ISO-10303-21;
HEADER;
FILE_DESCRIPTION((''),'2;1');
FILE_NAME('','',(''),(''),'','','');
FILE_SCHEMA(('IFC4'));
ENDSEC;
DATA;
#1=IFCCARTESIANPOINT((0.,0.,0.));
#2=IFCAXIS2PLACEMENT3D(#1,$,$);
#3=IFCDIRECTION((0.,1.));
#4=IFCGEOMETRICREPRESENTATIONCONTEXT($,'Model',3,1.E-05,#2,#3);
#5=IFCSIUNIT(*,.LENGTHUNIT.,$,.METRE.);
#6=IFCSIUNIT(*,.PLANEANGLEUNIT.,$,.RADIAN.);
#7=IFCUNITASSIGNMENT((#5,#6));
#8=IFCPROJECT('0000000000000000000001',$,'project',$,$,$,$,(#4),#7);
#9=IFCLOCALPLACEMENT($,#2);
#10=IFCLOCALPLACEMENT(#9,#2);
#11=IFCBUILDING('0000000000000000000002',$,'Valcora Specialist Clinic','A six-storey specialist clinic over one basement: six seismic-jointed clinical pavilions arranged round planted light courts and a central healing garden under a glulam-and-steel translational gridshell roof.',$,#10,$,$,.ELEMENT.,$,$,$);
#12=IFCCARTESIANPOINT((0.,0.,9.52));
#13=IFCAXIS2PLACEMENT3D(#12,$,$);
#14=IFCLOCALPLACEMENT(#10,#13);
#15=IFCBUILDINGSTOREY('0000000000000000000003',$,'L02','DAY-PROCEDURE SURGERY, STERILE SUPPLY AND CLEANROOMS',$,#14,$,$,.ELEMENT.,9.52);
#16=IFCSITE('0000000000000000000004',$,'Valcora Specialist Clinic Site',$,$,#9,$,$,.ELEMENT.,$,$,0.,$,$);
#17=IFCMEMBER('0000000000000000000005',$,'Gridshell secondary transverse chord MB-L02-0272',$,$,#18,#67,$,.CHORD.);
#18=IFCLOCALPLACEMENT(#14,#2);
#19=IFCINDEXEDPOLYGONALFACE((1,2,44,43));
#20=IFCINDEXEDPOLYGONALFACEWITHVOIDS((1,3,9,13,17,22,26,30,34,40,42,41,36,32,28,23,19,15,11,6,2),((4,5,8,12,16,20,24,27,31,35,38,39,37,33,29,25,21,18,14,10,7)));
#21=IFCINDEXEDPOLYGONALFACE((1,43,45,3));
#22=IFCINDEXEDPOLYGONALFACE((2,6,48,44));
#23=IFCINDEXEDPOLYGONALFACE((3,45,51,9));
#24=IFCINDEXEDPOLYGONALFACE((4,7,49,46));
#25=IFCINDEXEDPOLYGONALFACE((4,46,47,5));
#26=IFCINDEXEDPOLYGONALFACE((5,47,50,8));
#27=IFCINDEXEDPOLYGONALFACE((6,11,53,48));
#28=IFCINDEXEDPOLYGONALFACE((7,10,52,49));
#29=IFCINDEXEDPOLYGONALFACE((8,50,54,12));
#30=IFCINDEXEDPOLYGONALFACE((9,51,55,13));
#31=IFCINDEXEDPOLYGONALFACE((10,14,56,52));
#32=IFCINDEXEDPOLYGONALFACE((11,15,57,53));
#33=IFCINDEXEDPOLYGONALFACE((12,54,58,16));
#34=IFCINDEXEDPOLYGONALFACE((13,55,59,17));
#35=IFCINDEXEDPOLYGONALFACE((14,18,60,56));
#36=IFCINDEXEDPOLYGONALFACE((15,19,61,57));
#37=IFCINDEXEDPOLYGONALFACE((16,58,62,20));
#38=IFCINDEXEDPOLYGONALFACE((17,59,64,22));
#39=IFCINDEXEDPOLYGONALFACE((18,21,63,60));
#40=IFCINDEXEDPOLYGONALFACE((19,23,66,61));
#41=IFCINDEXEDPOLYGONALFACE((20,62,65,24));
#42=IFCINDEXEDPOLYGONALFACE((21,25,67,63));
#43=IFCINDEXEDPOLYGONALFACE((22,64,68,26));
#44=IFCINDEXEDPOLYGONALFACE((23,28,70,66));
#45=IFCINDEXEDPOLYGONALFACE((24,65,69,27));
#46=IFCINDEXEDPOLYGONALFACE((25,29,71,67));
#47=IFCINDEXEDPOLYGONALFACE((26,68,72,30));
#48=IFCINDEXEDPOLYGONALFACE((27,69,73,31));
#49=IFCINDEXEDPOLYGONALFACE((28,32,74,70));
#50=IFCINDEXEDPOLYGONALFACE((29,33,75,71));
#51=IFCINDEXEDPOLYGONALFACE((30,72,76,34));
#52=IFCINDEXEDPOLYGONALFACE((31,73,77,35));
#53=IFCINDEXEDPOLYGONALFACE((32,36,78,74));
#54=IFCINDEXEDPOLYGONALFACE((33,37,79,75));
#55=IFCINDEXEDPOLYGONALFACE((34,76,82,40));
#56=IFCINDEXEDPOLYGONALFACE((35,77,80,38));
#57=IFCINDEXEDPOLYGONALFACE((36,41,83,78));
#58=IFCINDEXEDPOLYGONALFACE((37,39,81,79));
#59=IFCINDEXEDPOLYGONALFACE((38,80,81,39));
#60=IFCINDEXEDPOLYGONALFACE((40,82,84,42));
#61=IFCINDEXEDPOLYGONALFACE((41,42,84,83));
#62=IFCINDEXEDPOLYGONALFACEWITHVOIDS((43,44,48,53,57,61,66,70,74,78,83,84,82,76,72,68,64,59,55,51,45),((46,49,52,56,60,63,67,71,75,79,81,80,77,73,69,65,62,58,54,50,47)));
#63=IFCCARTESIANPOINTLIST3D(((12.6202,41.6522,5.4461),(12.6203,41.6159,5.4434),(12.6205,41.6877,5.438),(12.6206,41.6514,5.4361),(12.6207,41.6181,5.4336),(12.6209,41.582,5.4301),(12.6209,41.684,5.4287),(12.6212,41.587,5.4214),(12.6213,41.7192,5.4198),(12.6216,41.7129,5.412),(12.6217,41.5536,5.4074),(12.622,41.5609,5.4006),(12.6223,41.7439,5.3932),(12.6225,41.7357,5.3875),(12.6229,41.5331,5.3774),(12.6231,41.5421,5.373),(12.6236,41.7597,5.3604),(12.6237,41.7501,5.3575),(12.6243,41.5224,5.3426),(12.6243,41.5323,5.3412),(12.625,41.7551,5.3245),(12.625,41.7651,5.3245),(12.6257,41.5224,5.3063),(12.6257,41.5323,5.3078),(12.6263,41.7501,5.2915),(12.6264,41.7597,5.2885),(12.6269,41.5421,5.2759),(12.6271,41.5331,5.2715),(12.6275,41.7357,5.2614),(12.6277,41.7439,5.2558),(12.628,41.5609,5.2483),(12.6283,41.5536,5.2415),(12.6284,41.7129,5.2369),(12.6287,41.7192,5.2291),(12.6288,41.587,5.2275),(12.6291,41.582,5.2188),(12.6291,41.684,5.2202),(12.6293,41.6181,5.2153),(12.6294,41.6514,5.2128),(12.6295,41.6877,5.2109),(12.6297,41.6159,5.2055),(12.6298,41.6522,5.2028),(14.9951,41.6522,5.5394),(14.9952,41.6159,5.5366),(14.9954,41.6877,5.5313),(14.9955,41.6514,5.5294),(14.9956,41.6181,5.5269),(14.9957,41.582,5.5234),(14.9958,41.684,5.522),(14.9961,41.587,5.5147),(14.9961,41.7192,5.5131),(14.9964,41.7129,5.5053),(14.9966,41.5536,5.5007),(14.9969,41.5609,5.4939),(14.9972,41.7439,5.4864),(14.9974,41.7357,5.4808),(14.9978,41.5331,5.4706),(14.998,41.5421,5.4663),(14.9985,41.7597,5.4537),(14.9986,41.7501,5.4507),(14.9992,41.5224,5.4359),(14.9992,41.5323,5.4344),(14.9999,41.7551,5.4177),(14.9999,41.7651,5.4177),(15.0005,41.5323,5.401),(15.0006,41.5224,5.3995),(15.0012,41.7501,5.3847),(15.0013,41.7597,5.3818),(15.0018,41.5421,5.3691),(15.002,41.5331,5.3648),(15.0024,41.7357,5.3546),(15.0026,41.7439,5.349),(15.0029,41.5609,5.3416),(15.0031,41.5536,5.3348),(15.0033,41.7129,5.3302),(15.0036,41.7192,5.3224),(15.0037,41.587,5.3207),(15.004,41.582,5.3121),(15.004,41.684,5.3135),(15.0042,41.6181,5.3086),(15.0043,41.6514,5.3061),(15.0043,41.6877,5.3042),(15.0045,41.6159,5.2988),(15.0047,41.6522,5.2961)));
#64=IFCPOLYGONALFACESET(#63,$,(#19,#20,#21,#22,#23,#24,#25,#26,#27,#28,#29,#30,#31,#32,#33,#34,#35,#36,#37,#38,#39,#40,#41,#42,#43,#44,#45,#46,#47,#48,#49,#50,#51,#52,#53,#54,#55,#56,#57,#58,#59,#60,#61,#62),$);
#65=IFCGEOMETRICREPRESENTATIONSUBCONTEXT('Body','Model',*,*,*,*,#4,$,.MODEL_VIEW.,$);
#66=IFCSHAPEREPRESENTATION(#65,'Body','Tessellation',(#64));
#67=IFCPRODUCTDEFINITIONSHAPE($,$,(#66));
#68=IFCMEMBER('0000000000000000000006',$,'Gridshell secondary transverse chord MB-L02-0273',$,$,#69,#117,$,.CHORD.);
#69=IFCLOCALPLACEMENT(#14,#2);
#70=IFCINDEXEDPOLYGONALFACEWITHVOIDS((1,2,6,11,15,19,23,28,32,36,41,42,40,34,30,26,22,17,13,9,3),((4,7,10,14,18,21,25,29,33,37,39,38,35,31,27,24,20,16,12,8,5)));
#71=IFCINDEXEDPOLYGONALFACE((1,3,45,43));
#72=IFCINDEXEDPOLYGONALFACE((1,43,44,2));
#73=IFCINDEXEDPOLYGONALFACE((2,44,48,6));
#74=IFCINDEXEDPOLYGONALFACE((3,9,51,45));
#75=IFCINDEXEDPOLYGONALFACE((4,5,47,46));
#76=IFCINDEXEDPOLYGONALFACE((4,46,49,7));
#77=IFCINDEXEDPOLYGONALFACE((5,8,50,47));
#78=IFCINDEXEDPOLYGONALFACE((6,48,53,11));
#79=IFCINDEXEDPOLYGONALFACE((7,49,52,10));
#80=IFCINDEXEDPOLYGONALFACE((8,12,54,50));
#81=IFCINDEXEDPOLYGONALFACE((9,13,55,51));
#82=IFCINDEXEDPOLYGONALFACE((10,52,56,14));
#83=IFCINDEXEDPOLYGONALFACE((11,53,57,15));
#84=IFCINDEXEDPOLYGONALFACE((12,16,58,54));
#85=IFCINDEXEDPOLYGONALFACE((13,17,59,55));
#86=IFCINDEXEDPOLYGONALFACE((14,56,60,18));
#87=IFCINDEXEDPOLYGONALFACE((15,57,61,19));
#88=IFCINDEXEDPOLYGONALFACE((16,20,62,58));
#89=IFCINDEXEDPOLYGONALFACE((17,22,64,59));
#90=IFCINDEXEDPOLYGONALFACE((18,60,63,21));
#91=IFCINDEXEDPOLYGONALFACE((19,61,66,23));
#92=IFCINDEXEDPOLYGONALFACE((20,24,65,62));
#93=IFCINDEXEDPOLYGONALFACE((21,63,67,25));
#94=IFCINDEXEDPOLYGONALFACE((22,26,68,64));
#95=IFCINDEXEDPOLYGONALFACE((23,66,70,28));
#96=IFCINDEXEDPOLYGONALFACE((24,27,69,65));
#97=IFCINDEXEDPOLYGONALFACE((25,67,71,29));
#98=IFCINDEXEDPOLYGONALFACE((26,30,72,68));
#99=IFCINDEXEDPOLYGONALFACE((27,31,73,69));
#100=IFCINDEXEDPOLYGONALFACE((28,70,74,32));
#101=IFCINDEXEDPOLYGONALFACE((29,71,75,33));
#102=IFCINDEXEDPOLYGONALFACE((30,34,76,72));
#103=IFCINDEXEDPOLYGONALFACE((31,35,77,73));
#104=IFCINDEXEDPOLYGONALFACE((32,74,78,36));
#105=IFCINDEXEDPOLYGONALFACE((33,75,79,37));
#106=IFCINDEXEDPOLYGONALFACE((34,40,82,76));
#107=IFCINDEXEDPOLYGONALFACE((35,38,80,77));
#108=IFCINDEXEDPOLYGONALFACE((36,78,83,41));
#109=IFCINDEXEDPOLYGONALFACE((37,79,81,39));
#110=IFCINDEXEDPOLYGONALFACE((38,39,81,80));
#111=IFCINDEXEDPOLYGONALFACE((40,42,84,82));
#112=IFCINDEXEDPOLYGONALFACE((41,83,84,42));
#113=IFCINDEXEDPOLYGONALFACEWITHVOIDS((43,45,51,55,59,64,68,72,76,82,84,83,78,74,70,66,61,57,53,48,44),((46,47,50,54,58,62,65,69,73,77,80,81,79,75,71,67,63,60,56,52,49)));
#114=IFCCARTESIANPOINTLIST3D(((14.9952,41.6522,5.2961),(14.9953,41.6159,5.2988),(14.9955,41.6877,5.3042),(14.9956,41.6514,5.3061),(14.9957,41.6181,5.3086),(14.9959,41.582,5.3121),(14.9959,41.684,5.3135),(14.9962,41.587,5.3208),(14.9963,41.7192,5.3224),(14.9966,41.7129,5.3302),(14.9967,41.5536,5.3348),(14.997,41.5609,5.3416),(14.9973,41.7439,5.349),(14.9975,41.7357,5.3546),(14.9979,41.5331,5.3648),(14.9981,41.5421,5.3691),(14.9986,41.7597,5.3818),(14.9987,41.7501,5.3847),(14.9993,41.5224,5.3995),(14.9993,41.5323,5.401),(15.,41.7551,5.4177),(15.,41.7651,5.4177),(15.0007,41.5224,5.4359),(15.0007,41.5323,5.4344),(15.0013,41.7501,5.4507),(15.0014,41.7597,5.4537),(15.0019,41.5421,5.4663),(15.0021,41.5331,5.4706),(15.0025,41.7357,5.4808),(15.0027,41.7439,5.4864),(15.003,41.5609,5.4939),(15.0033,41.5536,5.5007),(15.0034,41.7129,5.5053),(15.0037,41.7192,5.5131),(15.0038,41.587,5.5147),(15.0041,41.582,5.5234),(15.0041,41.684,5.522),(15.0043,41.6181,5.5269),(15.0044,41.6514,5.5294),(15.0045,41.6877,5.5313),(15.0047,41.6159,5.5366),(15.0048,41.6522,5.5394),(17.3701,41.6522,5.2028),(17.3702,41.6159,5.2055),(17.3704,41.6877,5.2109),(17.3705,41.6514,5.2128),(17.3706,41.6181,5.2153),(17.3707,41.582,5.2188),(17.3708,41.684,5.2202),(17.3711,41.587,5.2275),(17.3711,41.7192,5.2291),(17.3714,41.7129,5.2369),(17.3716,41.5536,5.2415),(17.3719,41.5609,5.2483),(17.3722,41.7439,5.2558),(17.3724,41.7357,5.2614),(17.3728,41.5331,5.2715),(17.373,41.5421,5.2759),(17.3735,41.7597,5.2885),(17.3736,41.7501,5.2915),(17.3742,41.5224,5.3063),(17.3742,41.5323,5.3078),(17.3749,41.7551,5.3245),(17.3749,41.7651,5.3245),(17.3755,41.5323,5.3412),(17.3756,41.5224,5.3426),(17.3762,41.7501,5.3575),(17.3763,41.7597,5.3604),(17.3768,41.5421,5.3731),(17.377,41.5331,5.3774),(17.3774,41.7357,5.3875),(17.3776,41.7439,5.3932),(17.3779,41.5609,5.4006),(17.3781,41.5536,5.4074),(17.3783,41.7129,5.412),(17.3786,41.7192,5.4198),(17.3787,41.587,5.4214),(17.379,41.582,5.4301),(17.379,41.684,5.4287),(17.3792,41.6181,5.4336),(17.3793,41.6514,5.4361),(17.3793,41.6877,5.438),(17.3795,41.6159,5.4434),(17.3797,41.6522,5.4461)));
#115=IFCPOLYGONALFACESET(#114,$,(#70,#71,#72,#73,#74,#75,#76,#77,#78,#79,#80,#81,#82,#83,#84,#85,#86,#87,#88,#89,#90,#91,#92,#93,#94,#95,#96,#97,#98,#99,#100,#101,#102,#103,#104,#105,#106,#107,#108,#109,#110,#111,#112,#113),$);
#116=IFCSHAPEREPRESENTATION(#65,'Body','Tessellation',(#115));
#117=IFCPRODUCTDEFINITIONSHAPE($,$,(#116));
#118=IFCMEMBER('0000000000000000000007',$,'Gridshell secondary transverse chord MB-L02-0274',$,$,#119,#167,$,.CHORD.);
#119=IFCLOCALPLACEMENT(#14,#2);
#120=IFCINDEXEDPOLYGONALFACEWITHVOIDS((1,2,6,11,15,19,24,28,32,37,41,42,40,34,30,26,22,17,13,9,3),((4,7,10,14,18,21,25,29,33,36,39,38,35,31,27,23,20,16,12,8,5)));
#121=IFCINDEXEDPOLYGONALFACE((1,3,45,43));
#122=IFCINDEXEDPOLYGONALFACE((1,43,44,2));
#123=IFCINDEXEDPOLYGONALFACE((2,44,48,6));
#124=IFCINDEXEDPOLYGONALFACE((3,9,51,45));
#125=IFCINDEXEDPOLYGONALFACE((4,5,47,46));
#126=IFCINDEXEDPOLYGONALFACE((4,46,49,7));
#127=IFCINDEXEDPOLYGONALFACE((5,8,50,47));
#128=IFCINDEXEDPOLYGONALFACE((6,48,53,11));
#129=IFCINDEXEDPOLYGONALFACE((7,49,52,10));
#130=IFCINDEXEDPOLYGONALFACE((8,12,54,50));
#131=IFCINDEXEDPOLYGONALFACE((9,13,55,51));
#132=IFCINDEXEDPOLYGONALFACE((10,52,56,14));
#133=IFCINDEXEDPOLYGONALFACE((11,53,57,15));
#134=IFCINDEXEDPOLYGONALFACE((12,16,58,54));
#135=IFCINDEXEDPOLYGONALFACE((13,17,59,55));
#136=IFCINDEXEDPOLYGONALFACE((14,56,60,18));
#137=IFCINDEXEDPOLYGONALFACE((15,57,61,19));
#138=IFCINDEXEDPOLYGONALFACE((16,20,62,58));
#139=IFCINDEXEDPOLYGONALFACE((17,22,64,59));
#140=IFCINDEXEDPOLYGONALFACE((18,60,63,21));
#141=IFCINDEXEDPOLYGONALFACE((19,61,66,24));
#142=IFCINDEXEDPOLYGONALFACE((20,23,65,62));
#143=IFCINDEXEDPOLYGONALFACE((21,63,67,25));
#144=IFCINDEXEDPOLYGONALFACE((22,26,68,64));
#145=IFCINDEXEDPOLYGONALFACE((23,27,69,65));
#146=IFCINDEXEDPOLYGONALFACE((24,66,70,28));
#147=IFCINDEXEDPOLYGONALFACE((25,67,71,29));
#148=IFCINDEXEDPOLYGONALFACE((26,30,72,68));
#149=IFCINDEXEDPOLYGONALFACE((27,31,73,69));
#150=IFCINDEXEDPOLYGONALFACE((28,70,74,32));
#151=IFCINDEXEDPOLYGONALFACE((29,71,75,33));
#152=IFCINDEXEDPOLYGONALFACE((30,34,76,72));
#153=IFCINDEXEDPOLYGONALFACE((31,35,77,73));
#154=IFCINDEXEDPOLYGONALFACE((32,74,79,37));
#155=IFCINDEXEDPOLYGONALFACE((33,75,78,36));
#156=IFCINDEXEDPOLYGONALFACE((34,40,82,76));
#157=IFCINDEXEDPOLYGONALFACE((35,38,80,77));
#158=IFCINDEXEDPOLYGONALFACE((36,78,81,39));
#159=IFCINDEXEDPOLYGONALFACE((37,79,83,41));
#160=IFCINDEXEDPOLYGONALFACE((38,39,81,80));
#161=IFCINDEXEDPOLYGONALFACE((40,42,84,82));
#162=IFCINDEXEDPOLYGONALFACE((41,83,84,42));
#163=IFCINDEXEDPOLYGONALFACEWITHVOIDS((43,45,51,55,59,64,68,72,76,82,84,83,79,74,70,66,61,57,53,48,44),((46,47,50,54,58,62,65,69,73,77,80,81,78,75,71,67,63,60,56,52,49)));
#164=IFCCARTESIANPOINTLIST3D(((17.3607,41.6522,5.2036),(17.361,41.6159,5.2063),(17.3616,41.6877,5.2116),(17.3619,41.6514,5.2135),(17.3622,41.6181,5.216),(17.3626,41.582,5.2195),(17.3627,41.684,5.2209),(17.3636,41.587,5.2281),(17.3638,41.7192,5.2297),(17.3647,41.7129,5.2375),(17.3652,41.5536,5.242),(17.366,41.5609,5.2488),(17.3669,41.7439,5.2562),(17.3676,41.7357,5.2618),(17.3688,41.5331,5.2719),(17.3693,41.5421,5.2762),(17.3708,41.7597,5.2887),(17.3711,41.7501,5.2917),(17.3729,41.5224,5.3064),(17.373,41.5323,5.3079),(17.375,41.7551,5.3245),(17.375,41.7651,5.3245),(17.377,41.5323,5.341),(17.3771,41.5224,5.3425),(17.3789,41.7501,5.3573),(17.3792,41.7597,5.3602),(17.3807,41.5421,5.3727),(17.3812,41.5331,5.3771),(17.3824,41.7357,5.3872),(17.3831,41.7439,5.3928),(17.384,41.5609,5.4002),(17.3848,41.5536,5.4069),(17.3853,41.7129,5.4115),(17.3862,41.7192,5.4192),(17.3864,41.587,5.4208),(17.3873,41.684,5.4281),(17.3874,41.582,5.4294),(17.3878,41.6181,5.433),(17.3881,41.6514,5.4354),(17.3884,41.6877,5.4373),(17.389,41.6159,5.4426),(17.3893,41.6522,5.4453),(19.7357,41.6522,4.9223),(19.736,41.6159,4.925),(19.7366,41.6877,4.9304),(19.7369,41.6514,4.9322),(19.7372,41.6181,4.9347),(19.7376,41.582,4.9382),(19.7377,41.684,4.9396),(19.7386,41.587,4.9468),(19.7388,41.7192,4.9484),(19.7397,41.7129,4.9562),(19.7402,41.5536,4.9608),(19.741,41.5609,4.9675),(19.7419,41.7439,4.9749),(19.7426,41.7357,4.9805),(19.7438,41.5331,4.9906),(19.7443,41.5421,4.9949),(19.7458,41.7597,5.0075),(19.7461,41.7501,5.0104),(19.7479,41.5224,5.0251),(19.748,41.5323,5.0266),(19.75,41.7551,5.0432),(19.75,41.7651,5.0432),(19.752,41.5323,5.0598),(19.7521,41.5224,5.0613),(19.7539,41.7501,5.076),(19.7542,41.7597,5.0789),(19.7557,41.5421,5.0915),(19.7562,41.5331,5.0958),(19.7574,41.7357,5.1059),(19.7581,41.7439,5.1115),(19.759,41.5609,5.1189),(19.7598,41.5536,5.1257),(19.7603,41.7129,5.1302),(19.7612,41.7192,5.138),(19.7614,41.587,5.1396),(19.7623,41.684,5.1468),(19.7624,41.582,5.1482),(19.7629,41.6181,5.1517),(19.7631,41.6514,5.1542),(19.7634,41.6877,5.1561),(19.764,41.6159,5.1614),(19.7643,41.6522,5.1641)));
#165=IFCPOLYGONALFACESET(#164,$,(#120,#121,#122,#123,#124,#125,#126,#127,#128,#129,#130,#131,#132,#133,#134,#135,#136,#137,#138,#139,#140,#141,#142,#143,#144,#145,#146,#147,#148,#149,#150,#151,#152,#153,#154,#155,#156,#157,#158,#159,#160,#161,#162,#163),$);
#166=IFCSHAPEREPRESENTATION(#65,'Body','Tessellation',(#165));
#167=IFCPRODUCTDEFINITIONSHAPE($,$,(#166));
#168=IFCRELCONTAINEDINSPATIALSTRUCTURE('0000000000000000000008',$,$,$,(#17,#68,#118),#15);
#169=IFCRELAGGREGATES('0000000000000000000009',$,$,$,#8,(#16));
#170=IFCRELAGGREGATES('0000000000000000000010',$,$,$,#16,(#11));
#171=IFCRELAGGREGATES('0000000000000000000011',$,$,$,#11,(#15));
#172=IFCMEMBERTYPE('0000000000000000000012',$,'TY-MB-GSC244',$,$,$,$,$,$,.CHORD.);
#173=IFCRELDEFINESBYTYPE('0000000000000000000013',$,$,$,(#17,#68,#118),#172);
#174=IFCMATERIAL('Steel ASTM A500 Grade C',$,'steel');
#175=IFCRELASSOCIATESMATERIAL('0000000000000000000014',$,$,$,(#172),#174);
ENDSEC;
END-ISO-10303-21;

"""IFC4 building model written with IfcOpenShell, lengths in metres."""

from ifc_helpers import new_model, si_unit, direction, frame, origin, origin_2d, place, context, subcontext, project, spatial, hollow_circle, extrude, material, material_profile, profile_set, type_object, element, save


model = new_model("IFC4")

# Units and contexts
model_context = context("Model", 3, precision=1e-05, world=origin(), true_north=direction((0.0, 1.0)))
body_context = subcontext(model_context, "Body", "Model", "MODEL_VIEW")
ifc_project = project(units=[si_unit("LENGTHUNIT", "METRE"), si_unit("PLANEANGLEUNIT", "RADIAN")], contexts=[model_context])

# Site, building, storey
site_placement = place(None, origin())
site = spatial("IfcSite", under=ifc_project, at=site_placement, Name="Valcora Specialist Clinic Site", CompositionType="ELEMENT", RefElevation=0.0)
building_placement = place(site_placement, origin())
building = spatial("IfcBuilding", under=site, at=building_placement, Name="Valcora Specialist Clinic", Description="A six-storey specialist clinic over one basement: six seismic-jointed clinical pavilions arranged round planted light courts and a central healing garden under a glulam-and-steel translational gridshell roof.", CompositionType="ELEMENT")
storey_placement = place(building_placement, frame((0.0, 0.0, 9.52)))
storey = spatial("IfcBuildingStorey", under=building, at=storey_placement, Name="L02", Description="DAY-PROCEDURE SURGERY, STERILE SUPPLY AND CLEANROOMS", CompositionType="ELEMENT", Elevation=9.52)

# Members
ifc_material_1 = material(Name="Steel ASTM A500 Grade C", Category="steel")
ifc_material_profile_1 = material_profile(ifc_material_1, hollow_circle(Radius=0.1221, WallThickness=0.01, at=origin_2d()), Name="ST-CHS-244X10")
ifc_profile_set_1 = profile_set([ifc_material_profile_1], Name="Steel ASTM A500 Grade C")
member_type_1 = type_object("IfcMemberType", Name="TY-MB-GSC244", PredefinedType="CHORD", material=ifc_profile_set_1)
for number, where, z_axis, x_axis, name in (
    (1, (12.625, 41.6431, 5.3245), (0.99923, 0.0, 0.039238), (0.0, 1.0, 0.0), "Gridshell secondary transverse chord MB-L02-0272"),
    (2, (15.0, 41.6431, 5.4177), (0.99923, 0.0, -0.039238), (0.0, 1.0, 0.0), "Gridshell secondary transverse chord MB-L02-0273"),
):
    element("IfcMember", number, at=place(storey_placement, frame(where, z_axis=z_axis, x_axis=x_axis)), inside=storey, type_object=member_type_1, Name=name, PredefinedType="CHORD", context=body_context, shape_type="SweptSolid", body=[
        extrude(hollow_circle(Radius=0.1221, WallThickness=0.01, at=origin_2d()), origin(), (0.0, 0.0, 1.0), 2.3767),
    ])
member_1_placement = place(storey_placement, frame((17.375, 41.6431, 5.3245), z_axis=(0.993061, 0.0, -0.117599), x_axis=(0.0, 1.0, 0.0)))
element("IfcMember", 3, at=member_1_placement, inside=storey, type_object=member_type_1, Name="Gridshell secondary transverse chord MB-L02-0274", PredefinedType="CHORD", context=body_context, shape_type="SweptSolid", body=[
    extrude(hollow_circle(Radius=0.1221, WallThickness=0.01, at=origin_2d()), origin(), (0.0, 0.0, 1.0), 2.3916),
])

save(model, "model.ifc")
